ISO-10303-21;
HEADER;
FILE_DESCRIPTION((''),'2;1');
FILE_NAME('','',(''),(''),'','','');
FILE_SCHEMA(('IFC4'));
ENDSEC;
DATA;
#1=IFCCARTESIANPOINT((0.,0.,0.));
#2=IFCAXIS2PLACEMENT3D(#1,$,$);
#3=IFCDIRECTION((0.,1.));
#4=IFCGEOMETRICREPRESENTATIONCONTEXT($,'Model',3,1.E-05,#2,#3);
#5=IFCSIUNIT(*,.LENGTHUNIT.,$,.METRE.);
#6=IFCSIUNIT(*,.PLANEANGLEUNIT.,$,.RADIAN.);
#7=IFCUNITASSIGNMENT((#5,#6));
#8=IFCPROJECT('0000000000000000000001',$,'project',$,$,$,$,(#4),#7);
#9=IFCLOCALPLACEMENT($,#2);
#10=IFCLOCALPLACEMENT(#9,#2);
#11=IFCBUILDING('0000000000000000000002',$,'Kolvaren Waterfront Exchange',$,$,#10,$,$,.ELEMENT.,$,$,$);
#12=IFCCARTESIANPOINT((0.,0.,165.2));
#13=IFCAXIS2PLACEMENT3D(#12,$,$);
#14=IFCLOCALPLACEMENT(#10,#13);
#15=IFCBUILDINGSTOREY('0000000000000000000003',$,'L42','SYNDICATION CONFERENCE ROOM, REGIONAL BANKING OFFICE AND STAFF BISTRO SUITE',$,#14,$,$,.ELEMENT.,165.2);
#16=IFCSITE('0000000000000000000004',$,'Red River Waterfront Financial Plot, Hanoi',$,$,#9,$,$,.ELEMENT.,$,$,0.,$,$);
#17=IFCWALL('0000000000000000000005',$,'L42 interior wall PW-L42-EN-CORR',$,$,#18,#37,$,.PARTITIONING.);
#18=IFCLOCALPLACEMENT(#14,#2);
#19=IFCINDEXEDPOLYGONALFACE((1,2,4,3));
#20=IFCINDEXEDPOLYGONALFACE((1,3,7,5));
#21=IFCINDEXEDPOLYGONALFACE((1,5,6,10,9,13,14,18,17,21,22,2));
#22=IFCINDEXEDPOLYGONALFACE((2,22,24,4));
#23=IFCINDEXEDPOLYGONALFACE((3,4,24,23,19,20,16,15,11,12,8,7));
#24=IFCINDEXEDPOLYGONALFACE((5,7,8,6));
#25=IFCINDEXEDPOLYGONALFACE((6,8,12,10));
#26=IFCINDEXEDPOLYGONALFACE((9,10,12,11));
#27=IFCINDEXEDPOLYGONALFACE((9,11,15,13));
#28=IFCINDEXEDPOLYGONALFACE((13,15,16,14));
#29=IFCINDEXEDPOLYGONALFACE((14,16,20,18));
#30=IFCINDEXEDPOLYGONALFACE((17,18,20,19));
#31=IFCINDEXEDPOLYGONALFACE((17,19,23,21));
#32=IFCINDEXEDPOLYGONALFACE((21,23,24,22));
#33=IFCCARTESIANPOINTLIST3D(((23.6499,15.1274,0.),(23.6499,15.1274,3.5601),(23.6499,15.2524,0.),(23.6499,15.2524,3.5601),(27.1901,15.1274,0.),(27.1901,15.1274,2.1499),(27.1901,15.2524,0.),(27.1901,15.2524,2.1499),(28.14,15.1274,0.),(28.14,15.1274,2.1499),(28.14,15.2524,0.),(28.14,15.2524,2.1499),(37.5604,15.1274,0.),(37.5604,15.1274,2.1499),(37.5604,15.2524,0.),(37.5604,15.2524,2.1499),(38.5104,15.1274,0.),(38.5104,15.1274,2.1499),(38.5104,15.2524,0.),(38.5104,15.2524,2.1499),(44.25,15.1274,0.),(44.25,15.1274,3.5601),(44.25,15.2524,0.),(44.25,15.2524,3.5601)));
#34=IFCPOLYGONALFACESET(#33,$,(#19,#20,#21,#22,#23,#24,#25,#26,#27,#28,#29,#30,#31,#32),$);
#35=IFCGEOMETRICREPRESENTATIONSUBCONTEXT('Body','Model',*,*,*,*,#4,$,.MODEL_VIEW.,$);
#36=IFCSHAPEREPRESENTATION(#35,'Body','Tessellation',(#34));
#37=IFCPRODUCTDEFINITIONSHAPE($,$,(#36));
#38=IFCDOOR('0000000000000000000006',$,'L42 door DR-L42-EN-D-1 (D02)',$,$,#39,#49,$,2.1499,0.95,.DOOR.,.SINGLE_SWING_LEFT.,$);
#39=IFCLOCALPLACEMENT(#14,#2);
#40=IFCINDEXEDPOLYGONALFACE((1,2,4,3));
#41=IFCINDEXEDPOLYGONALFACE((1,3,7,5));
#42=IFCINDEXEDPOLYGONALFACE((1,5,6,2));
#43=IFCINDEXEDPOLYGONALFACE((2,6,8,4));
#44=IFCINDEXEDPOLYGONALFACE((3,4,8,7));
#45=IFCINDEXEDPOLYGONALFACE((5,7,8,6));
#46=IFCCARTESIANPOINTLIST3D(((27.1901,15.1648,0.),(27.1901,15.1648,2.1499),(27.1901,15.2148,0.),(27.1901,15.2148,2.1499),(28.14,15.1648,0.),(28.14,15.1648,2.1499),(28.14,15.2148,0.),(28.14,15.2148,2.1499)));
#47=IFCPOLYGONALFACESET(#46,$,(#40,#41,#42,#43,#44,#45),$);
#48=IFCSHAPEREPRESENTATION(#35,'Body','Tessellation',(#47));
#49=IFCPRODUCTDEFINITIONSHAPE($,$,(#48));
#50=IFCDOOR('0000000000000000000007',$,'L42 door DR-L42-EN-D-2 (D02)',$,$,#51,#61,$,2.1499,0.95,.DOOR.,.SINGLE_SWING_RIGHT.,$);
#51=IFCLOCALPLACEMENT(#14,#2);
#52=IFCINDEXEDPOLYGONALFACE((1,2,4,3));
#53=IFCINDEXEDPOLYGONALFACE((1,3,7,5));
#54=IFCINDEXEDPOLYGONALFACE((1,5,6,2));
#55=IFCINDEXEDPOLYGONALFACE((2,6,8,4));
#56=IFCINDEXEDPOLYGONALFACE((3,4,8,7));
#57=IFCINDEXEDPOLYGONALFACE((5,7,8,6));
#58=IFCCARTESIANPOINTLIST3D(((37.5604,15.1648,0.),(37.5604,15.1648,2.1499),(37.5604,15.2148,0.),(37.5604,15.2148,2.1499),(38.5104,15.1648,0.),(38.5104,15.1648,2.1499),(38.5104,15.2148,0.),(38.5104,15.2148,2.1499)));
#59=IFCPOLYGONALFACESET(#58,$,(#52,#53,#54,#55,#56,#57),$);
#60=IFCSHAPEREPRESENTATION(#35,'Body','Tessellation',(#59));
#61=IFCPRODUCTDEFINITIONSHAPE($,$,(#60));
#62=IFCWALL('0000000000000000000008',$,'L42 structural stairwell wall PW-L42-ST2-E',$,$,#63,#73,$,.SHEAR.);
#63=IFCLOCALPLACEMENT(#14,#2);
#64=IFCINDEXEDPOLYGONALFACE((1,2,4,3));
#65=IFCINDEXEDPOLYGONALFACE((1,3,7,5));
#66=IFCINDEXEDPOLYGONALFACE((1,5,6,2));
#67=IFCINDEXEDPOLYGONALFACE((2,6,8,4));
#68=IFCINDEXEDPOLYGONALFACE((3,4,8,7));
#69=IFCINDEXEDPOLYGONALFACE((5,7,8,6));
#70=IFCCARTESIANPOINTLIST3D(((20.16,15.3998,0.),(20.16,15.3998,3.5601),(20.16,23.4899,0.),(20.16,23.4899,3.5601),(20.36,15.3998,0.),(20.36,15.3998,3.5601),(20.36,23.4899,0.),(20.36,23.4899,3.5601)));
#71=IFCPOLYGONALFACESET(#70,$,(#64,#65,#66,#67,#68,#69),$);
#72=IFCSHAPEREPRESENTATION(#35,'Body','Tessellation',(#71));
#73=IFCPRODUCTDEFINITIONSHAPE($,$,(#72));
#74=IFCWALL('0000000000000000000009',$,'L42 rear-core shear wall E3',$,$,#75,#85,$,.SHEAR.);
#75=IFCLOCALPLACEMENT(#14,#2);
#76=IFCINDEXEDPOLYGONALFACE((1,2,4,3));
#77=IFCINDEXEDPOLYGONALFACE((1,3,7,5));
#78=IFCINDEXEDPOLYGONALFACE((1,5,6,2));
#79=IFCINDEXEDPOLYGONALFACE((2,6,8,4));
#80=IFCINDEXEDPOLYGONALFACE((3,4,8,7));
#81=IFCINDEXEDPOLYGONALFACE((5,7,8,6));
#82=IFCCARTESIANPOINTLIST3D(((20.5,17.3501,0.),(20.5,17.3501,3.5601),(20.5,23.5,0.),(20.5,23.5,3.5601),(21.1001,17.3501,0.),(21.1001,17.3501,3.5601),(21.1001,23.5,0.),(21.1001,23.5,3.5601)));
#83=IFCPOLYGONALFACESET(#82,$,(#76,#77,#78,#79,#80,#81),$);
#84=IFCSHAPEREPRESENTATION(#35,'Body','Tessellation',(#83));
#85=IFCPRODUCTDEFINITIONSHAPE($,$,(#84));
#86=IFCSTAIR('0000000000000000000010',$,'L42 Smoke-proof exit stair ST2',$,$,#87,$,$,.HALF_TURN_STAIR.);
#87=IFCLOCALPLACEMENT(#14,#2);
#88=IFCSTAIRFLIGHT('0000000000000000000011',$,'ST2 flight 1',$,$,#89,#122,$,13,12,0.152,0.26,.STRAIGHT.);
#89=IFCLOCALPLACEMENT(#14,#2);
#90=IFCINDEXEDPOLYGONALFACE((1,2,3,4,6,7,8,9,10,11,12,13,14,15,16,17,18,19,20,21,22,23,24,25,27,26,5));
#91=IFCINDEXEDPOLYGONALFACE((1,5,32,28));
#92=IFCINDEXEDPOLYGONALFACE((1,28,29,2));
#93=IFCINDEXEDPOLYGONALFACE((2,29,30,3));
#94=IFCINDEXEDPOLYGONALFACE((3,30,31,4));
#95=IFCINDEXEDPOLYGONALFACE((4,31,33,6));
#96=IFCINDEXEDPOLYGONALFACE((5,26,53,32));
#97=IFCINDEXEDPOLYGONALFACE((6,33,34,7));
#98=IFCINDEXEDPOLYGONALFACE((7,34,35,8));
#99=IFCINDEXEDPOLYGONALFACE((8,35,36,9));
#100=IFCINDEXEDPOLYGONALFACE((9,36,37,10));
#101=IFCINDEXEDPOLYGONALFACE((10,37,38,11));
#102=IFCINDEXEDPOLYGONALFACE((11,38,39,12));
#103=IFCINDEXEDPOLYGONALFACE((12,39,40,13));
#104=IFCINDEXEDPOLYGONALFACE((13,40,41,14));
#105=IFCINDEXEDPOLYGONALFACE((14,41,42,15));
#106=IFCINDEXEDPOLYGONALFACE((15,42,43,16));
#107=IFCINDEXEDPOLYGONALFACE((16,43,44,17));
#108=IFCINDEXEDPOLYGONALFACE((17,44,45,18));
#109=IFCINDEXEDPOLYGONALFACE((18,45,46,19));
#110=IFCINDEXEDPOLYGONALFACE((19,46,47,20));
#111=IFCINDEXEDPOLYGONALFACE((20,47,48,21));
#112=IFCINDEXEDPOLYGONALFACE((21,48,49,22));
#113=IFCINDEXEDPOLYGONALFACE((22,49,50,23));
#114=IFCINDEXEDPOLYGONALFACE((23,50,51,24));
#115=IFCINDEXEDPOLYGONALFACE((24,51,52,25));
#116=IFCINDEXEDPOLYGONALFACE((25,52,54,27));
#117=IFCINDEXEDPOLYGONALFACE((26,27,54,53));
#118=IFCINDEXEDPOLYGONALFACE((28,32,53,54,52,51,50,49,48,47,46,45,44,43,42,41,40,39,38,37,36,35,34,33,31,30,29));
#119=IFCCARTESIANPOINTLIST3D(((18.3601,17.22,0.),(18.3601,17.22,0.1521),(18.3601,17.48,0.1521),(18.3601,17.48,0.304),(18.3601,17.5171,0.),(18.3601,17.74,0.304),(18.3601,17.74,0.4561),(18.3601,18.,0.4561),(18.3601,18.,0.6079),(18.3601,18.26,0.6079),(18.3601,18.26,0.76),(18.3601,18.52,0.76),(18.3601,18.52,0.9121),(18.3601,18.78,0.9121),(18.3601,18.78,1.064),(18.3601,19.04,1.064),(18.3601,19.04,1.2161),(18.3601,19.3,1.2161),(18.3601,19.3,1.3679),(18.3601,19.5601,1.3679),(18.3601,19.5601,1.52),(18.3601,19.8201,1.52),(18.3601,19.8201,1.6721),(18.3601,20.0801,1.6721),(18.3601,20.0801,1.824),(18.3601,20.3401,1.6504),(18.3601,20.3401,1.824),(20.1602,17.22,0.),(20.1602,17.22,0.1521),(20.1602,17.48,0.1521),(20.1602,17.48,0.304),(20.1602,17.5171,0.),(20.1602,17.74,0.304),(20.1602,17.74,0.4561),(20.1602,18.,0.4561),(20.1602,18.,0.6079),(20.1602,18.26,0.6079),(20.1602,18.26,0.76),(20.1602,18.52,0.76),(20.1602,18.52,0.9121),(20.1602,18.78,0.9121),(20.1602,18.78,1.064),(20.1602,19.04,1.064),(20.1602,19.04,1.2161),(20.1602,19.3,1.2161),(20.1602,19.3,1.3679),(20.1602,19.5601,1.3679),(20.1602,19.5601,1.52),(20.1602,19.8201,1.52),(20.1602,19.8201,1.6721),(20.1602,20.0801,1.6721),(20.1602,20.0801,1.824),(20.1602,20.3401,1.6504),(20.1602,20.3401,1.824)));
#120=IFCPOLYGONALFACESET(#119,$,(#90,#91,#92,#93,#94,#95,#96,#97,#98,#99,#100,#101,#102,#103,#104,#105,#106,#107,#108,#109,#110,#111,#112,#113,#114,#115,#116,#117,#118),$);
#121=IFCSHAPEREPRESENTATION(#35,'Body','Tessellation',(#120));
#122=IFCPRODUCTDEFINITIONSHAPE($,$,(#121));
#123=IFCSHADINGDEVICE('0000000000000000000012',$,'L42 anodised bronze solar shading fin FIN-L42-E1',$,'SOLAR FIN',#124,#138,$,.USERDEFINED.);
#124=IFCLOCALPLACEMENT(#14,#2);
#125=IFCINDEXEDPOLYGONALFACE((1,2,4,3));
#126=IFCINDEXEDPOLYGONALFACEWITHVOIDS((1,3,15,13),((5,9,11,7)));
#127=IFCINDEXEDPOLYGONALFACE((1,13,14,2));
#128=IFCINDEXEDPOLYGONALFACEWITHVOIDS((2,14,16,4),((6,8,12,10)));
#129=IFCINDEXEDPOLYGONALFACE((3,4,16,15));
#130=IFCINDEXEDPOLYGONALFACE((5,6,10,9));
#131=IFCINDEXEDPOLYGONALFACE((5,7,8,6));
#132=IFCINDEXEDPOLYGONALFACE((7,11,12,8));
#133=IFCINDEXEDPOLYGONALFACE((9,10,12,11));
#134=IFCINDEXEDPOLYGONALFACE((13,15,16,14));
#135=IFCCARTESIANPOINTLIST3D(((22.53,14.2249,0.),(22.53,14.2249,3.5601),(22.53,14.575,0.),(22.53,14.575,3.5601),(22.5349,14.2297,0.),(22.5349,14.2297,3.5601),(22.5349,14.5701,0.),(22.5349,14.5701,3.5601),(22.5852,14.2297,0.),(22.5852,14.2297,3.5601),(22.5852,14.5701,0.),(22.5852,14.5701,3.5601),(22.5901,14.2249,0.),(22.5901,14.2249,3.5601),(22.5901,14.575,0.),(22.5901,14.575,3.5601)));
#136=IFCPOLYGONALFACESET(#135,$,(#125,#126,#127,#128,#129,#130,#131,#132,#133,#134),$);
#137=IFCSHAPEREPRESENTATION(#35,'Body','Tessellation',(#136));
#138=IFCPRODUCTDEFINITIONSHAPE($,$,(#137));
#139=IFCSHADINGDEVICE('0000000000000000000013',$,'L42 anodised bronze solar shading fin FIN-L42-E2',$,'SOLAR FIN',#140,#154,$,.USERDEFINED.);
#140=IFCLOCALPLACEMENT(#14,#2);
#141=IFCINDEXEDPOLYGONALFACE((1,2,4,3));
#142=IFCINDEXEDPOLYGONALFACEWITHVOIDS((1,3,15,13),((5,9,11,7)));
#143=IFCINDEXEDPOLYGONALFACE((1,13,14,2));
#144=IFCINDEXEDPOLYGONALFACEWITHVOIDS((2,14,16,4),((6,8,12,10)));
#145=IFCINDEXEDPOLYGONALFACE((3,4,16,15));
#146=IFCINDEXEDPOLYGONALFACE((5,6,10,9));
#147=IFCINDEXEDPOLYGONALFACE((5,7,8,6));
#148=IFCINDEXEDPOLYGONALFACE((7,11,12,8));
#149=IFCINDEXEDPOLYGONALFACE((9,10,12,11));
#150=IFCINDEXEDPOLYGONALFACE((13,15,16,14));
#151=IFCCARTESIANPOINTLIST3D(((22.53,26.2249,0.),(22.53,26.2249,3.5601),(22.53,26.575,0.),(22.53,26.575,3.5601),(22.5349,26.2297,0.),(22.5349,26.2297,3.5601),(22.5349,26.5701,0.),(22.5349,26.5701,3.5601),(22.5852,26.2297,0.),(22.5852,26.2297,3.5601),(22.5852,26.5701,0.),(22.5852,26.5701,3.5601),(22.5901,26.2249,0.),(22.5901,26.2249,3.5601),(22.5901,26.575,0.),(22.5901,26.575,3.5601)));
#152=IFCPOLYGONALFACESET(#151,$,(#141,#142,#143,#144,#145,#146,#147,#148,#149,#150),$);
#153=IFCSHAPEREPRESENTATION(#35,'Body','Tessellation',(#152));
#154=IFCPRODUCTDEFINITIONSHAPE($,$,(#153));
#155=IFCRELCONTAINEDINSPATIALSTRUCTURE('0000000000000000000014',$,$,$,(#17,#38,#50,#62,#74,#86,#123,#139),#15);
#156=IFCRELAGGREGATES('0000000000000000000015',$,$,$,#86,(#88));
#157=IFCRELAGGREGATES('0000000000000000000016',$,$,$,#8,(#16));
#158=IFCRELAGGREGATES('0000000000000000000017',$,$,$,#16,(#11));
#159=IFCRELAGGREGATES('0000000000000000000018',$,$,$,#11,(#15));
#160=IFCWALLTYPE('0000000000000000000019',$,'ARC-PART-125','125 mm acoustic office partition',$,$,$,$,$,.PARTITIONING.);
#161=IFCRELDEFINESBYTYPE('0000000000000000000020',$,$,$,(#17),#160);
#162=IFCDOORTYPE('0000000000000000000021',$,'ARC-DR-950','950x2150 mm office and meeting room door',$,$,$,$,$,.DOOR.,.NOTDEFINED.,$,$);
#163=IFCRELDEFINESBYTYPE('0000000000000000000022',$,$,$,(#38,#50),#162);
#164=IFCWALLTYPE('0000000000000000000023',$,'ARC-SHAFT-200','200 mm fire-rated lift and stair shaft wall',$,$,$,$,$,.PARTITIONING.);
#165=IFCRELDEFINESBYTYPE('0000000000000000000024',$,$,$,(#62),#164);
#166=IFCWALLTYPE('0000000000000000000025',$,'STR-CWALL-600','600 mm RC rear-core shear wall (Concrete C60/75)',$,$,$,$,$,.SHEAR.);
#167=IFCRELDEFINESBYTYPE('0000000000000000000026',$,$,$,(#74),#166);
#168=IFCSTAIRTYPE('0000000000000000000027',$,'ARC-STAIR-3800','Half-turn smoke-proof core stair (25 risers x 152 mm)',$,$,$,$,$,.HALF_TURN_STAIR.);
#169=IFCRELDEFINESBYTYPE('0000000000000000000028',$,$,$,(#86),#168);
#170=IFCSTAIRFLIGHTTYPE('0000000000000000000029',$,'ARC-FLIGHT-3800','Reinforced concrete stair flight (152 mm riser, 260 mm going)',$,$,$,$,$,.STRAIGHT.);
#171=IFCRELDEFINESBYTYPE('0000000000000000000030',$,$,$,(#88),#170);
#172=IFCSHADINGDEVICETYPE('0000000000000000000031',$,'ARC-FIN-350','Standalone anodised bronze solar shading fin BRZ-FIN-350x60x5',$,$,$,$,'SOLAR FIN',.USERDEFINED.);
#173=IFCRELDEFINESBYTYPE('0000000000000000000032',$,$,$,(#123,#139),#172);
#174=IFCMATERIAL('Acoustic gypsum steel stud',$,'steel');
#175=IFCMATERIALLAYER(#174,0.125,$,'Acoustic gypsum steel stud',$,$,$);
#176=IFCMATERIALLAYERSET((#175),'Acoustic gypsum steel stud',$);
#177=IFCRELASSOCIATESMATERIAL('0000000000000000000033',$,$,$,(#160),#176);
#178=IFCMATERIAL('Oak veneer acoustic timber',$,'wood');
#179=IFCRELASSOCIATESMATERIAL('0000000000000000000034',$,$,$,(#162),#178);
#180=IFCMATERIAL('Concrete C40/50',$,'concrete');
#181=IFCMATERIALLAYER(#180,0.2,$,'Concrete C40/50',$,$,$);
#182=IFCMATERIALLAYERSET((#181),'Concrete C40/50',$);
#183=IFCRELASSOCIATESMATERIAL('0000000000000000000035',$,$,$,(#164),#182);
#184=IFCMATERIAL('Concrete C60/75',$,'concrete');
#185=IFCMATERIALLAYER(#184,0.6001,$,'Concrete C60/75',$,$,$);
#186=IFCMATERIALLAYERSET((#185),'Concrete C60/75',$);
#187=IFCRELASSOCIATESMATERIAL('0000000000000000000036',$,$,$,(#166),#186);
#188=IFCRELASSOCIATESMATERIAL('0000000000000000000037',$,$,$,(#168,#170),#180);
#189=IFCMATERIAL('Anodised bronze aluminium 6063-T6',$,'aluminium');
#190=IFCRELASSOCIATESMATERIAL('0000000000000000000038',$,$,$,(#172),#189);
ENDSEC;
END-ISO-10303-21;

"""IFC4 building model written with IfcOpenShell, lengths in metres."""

from ifc_helpers import new_model, si_unit, direction, frame, frame_2d, origin, origin_2d, place, context, subcontext, project, spatial, polyline, rectangle, hollow_rectangle, outline, extrude, material, layer, layer_set, material_profile, profile_set, type_object, element, fill, aggregate, save


model = new_model("IFC4")

# Units and contexts
model_context = context("Model", 3, precision=1e-05, world=origin(), true_north=direction((0.0, 1.0)))
body_context = subcontext(model_context, "Body", "Model", "MODEL_VIEW")
ifc_project = project(units=[si_unit("LENGTHUNIT", "METRE"), si_unit("PLANEANGLEUNIT", "RADIAN")], contexts=[model_context])

# Site, building, storey
site_placement = place(None, origin())
site = spatial("IfcSite", under=ifc_project, at=site_placement, Name="Red River Waterfront Financial Plot, Hanoi", CompositionType="ELEMENT", RefElevation=0.0)
building_placement = place(site_placement, origin())
building = spatial("IfcBuilding", under=site, at=building_placement, Name="Kolvaren Waterfront Exchange", CompositionType="ELEMENT")
storey_placement = place(building_placement, frame((0.0, 0.0, 165.2)))
storey = spatial("IfcBuildingStorey", under=building, at=storey_placement, Name="L42", Description="SYNDICATION CONFERENCE ROOM, REGIONAL BANKING OFFICE AND STAFF BISTRO SUITE", CompositionType="ELEMENT", Elevation=165.2)

# Shared definitions
ifc_material_1 = material(Name="Concrete C60/75", Category="concrete")

# Shared definitions
ifc_material_2 = material(Name="Acoustic gypsum steel stud", Category="steel")
ifc_layer_1 = layer(ifc_material_2, 0.125, Name="Acoustic gypsum steel stud")
ifc_layer_set_1 = layer_set([ifc_layer_1], Name="Acoustic gypsum steel stud")
wall_type_1 = type_object("IfcWallType", Name="ARC-PART-125", Description="125 mm acoustic office partition", PredefinedType="PARTITIONING", material=ifc_layer_set_1)
ifc_material_3 = material(Name="Oak veneer acoustic timber", Category="wood")
door_type_1 = type_object("IfcDoorType", Name="ARC-DR-950", Description="950x2150 mm office and meeting room door", OperationType="NOTDEFINED", PredefinedType="DOOR", material=ifc_material_3)

# Wall, openings, doors
wall_1_placement = place(storey_placement, frame((23.6499, 15.1899, 0.0), z_axis=(0.0, 0.0, 1.0), x_axis=(1.0, 0.0, 0.0)))
wall_1 = element("IfcWall", 1, at=wall_1_placement, inside=storey, type_object=wall_type_1, Name="L42 interior wall PW-L42-EN-CORR", PredefinedType="PARTITIONING", context=body_context, shape_type="SweptSolid", body=[
    extrude(rectangle(XDim=20.6001, YDim=0.125, at=frame_2d((10.3, 0.0))), origin(), (0.0, 0.0, 1.0), 3.5601),
])
opening_1_placement = place(wall_1_placement, frame((3.54, 0.0, 0.0)))
opening_1 = element("IfcOpeningElement", 2, at=opening_1_placement, cuts=wall_1, PredefinedType="OPENING", context=body_context, shape_type="SweptSolid", body=[
    extrude(rectangle(XDim=0.95, YDim=2.1499, at=frame_2d((0.4751, 1.075))), frame((0.0, 0.0725, 0.0), z_axis=(0.0, -1.0, 0.0), x_axis=(1.0, 0.0, 0.0)), (0.0, 0.0, 1.0), 0.145),
])
opening_2_placement = place(wall_1_placement, frame((13.9104, 0.0, 0.0)))
opening_2 = element("IfcOpeningElement", 3, at=opening_2_placement, cuts=wall_1, PredefinedType="OPENING", context=body_context, shape_type="SweptSolid", body=[
    extrude(rectangle(XDim=0.95, YDim=2.1499, at=frame_2d((0.4751, 1.075))), frame((0.0, 0.0725, 0.0), z_axis=(0.0, -1.0, 0.0), x_axis=(1.0, 0.0, 0.0)), (0.0, 0.0, 1.0), 0.145),
])
door_1_placement = place(opening_1_placement, origin())
door_1 = element("IfcDoor", 4, at=door_1_placement, inside=storey, type_object=door_type_1, Name="L42 door DR-L42-EN-D-1 (D02)", OperationType="SINGLE_SWING_LEFT", OverallHeight=2.1499, OverallWidth=0.95, PredefinedType="DOOR", context=body_context, shape_type="SweptSolid", body=[
    extrude(rectangle(XDim=0.95, YDim=2.1499, at=frame_2d((0.4751, 1.075))), frame((0.0, 0.0249, 0.0), z_axis=(0.0, -1.0, 0.0), x_axis=(1.0, 0.0, 0.0)), (0.0, 0.0, 1.0), 0.05),
])
fill(opening_1, door_1)
door_2_placement = place(opening_2_placement, origin())
door_2 = element("IfcDoor", 5, at=door_2_placement, inside=storey, type_object=door_type_1, Name="L42 door DR-L42-EN-D-2 (D02)", OperationType="SINGLE_SWING_RIGHT", OverallHeight=2.1499, OverallWidth=0.95, PredefinedType="DOOR", context=body_context, shape_type="SweptSolid", body=[
    extrude(rectangle(XDim=0.95, YDim=2.1499, at=frame_2d((0.4751, 1.075))), frame((0.0, 0.0249, 0.0), z_axis=(0.0, -1.0, 0.0), x_axis=(1.0, 0.0, 0.0)), (0.0, 0.0, 1.0), 0.05),
])
fill(opening_2, door_2)

# Walls
ifc_material_4 = material(Name="Concrete C40/50", Category="concrete")
ifc_layer_2 = layer(ifc_material_4, 0.2, Name="Concrete C40/50")
ifc_layer_set_2 = layer_set([ifc_layer_2], Name="Concrete C40/50")
wall_type_2 = type_object("IfcWallType", Name="ARC-SHAFT-200", Description="200 mm fire-rated lift and stair shaft wall", PredefinedType="PARTITIONING", material=ifc_layer_set_2)
wall_2_placement = place(storey_placement, frame((20.26, 15.3999, 0.0), z_axis=(0.0, 0.0, 1.0), x_axis=(0.0, 1.0, 0.0)))
element("IfcWall", 6, at=wall_2_placement, inside=storey, type_object=wall_type_2, Name="L42 structural stairwell wall PW-L42-ST2-E", PredefinedType="SHEAR", context=body_context, shape_type="SweptSolid", body=[
    extrude(rectangle(XDim=8.0901, YDim=0.2, at=frame_2d((4.0449, 0.0))), origin(), (0.0, 0.0, 1.0), 3.5601),
])
ifc_layer_3 = layer(ifc_material_1, 0.6001, Name="Concrete C60/75")
ifc_layer_set_3 = layer_set([ifc_layer_3], Name="Concrete C60/75")
wall_type_3 = type_object("IfcWallType", Name="STR-CWALL-600", Description="600 mm RC rear-core shear wall (Concrete C60/75)", PredefinedType="SHEAR", material=ifc_layer_set_3)
wall_3_placement = place(storey_placement, frame((20.8, 17.3501, 0.0), z_axis=(0.0, 0.0, 1.0), x_axis=(0.0, 1.0, 0.0)))
element("IfcWall", 7, at=wall_3_placement, inside=storey, type_object=wall_type_3, Name="L42 rear-core shear wall E3", PredefinedType="SHEAR", context=body_context, shape_type="SweptSolid", body=[
    extrude(rectangle(XDim=6.1499, YDim=0.6001, at=frame_2d((3.075, 0.0))), origin(), (0.0, 0.0, 1.0), 3.5601),
])

# Stair, stair flight
stair_type = type_object("IfcStairType", Name="ARC-STAIR-3800", Description="Half-turn smoke-proof core stair (25 risers x 152 mm)", PredefinedType="HALF_TURN_STAIR", material=ifc_material_4)
stair_placement = place(storey_placement, origin())
stair = element("IfcStair", 8, at=stair_placement, inside=storey, type_object=stair_type, Name="L42 Smoke-proof exit stair ST2", PredefinedType="HALF_TURN_STAIR")
stair_flight_type = type_object("IfcStairFlightType", Name="ARC-FLIGHT-3800", Description="Reinforced concrete stair flight (152 mm riser, 260 mm going)", PredefinedType="STRAIGHT", material=ifc_material_4)
stair_flight_placement = place(storey_placement, frame((19.26, 17.22, 0.0), z_axis=(0.0, 0.0, 1.0), x_axis=(0.0, 1.0, 0.0)))
stair_flight = element("IfcStairFlight", 9, at=stair_flight_placement, type_object=stair_flight_type, Name="ST2 flight 1", NumberOfRisers=13, NumberOfTreads=12, PredefinedType="STRAIGHT", RiserHeight=0.152, TreadLength=0.26, context=body_context, shape_type="SweptSolid", body=[
    extrude(outline(polyline([(0.0, 0.0), (0.0, 0.1521), (0.26, 0.1521), (0.26, 0.304), (0.52, 0.304), (0.52, 0.4561), (0.78, 0.4561), (0.78, 0.6079), (1.04, 0.6079), (1.04, 0.76), (1.3, 0.76), (1.3, 0.9121), (1.5601, 0.9121), (1.5601, 1.064), (1.8201, 1.064), (1.8201, 1.2161), (2.0801, 1.2161), (2.0801, 1.3679), (2.3401, 1.3679), (2.3401, 1.52), (2.6001, 1.52), (2.6001, 1.6721), (2.8601, 1.6721), (2.8601, 1.824), (3.1201, 1.824), (3.1201, 1.9761), (3.1201, 1.6504), (0.2971, 0.0), (0.0, 0.0)])), frame((0.0, 0.8999, 0.0), z_axis=(0.0, -1.0, 0.0), x_axis=(1.0, 0.0, 0.0)), (0.0, 0.0, 1.0), 1.8),
])
aggregate(stair, [stair_flight])

# Shading devices
ifc_material_5 = material(Name="Anodised bronze aluminium 6063-T6", Category="aluminium")
ifc_material_profile_1 = material_profile(ifc_material_5, hollow_rectangle(XDim=0.0601, YDim=0.3501, WallThickness=0.0049, at=origin_2d()), Name="BRZ-FIN-350x60x5")
ifc_profile_set_1 = profile_set([ifc_material_profile_1], Name="Anodised bronze aluminium 6063-T6")
shading_device_type = type_object("IfcShadingDeviceType", Name="ARC-FIN-350", Description="Standalone anodised bronze solar shading fin BRZ-FIN-350x60x5", ElementType="SOLAR FIN", PredefinedType="USERDEFINED", material=ifc_profile_set_1)
for number, where, z_axis, x_axis, name in (
    (10, (22.5601, 14.3999, 0.0), (0.0, 0.0, 1.0), (1.0, 0.0, 0.0), "L42 anodised bronze solar shading fin FIN-L42-E1"),
    (11, (22.5601, 26.3999, 0.0), (0.0, 0.0, 1.0), (1.0, 0.0, 0.0), "L42 anodised bronze solar shading fin FIN-L42-E2"),
):
    element("IfcShadingDevice", number, at=place(storey_placement, frame(where, z_axis=z_axis, x_axis=x_axis)), inside=storey, type_object=shading_device_type, Name=name, ObjectType="SOLAR FIN", PredefinedType="USERDEFINED", context=body_context, shape_type="SweptSolid", body=[
        extrude(hollow_rectangle(XDim=0.0601, YDim=0.3501, WallThickness=0.0049, at=origin_2d()), origin(), (0.0, 0.0, 1.0), 3.5601),
    ])

save(model, "model.ifc")
